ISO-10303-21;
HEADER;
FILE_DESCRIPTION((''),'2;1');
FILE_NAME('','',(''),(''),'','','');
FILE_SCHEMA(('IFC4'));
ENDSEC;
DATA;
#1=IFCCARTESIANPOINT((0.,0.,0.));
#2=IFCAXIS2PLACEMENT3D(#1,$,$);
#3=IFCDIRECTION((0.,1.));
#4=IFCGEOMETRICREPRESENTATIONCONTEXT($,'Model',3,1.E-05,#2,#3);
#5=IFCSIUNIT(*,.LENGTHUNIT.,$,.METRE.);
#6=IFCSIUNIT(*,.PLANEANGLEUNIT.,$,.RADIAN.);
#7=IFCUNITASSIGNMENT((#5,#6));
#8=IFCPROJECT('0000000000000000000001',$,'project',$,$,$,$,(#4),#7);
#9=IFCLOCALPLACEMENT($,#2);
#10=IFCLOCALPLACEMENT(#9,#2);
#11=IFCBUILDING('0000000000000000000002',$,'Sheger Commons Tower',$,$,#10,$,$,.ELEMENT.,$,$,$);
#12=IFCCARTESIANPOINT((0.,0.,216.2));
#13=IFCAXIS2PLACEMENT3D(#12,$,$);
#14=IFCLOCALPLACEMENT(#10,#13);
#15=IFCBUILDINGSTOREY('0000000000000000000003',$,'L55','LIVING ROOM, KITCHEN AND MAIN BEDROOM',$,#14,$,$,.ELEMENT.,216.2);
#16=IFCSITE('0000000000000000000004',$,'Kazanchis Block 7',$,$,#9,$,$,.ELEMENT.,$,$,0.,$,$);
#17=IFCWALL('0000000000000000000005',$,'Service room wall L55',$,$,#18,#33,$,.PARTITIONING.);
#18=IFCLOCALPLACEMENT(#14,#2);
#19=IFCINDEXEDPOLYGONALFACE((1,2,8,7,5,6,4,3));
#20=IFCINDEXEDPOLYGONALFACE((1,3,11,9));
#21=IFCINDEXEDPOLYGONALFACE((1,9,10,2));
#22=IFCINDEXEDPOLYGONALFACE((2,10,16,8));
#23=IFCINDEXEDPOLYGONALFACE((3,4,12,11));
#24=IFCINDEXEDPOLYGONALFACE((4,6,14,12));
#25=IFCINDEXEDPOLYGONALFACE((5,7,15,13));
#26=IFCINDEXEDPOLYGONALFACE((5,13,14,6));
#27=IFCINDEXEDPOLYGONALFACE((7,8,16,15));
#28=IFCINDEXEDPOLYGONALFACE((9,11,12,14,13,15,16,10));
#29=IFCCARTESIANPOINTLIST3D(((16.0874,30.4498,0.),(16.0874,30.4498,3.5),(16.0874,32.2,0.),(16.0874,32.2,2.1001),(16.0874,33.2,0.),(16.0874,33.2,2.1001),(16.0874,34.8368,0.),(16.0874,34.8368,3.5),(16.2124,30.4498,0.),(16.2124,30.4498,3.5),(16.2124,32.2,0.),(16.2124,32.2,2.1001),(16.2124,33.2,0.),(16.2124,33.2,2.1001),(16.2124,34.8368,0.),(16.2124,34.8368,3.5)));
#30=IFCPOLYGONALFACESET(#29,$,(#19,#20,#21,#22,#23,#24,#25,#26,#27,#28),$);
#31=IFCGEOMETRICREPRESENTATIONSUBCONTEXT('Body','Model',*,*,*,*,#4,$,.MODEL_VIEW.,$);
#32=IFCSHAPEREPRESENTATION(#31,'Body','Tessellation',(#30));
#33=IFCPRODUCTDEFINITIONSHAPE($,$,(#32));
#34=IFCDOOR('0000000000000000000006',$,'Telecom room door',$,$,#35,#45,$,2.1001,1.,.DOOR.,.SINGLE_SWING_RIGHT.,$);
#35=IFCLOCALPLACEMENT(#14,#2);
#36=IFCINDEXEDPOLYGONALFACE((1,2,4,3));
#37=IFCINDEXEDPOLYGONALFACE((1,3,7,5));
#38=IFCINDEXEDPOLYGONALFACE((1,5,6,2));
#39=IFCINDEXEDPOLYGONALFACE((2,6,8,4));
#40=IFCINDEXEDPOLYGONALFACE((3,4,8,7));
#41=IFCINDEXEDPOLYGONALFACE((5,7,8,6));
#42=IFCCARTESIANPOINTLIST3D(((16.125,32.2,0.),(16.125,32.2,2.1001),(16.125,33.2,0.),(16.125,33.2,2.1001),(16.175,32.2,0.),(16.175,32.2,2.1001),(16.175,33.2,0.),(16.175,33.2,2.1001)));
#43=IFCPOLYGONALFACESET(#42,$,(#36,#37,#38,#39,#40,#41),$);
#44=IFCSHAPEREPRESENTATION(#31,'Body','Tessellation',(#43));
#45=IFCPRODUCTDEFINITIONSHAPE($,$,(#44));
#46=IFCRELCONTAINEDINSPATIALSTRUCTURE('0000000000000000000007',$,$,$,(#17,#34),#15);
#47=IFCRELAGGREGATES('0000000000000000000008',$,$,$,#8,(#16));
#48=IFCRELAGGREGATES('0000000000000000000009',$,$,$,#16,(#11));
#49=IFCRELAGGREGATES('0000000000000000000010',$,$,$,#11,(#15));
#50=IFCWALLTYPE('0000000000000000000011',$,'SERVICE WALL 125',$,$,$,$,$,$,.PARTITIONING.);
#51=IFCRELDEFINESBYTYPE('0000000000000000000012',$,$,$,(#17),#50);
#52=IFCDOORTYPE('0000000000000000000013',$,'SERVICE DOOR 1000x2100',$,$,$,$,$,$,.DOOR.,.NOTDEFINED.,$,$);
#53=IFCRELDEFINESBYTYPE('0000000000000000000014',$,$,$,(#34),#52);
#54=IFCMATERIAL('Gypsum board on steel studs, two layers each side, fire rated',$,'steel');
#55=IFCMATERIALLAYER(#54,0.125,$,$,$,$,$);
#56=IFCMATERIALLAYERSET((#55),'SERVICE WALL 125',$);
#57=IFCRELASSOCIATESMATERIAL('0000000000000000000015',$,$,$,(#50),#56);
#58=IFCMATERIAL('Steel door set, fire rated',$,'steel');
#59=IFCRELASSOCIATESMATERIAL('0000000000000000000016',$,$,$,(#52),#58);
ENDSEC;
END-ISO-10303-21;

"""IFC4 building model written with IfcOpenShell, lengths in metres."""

from ifc_helpers import new_model, si_unit, direction, frame, frame_2d, origin, place, context, subcontext, project, spatial, rectangle, extrude, material, layer, layer_set, type_object, element, fill, save


model = new_model("IFC4")

# Units and contexts
model_context = context("Model", 3, precision=1e-05, world=origin(), true_north=direction((0.0, 1.0)))
body_context = subcontext(model_context, "Body", "Model", "MODEL_VIEW")
ifc_project = project(units=[si_unit("LENGTHUNIT", "METRE"), si_unit("PLANEANGLEUNIT", "RADIAN")], contexts=[model_context])

# Site, building, storey
site_placement = place(None, origin())
site = spatial("IfcSite", under=ifc_project, at=site_placement, Name="Kazanchis Block 7", CompositionType="ELEMENT", RefElevation=0.0)
building_placement = place(site_placement, origin())
building = spatial("IfcBuilding", under=site, at=building_placement, Name="Sheger Commons Tower", CompositionType="ELEMENT")
storey_placement = place(building_placement, frame((0.0, 0.0, 216.2)))
storey = spatial("IfcBuildingStorey", under=building, at=storey_placement, Name="L55", Description="LIVING ROOM, KITCHEN AND MAIN BEDROOM", CompositionType="ELEMENT", Elevation=216.2)

# Shared definitions
ifc_material_1 = material(Name="Gypsum board on steel studs, two layers each side, fire rated", Category="steel")
ifc_layer_1 = layer(ifc_material_1, 0.125)
ifc_layer_set_1 = layer_set([ifc_layer_1], Name="SERVICE WALL 125")
wall_type_1 = type_object("IfcWallType", Name="SERVICE WALL 125", PredefinedType="PARTITIONING", material=ifc_layer_set_1)
ifc_material_2 = material(Name="Steel door set, fire rated", Category="steel")
door_type_1 = type_object("IfcDoorType", Name="SERVICE DOOR 1000x2100", OperationType="NOTDEFINED", PredefinedType="DOOR", material=ifc_material_2)

# Wall, opening, door
wall_1_placement = place(storey_placement, frame((16.1499, 30.45, 0.0), z_axis=(0.0, 0.0, 1.0), x_axis=(0.0, 1.0, 0.0)))
wall_1 = element("IfcWall", 1, at=wall_1_placement, inside=storey, type_object=wall_type_1, Name="Service room wall L55", PredefinedType="PARTITIONING", context=body_context, shape_type="SweptSolid", body=[
    extrude(rectangle(XDim=4.387, YDim=0.125, at=frame_2d((2.1934, 0.0))), origin(), (0.0, 0.0, 1.0), 3.5),
])
opening_1_placement = place(wall_1_placement, frame((1.75, 0.0, 0.0)))
opening_1 = element("IfcOpeningElement", 2, at=opening_1_placement, cuts=wall_1, PredefinedType="OPENING", context=body_context, shape_type="SweptSolid", body=[
    extrude(rectangle(XDim=1.0, YDim=2.1001, at=frame_2d((0.5, 1.05))), frame((0.0, 0.0725, 0.0), z_axis=(0.0, -1.0, 0.0), x_axis=(1.0, 0.0, 0.0)), (0.0, 0.0, 1.0), 0.145),
])
door_1_placement = place(opening_1_placement, origin())
door_1 = element("IfcDoor", 3, at=door_1_placement, inside=storey, type_object=door_type_1, Name="Telecom room door", OperationType="SINGLE_SWING_RIGHT", OverallHeight=2.1001, OverallWidth=1.0, PredefinedType="DOOR", context=body_context, shape_type="SweptSolid", body=[
    extrude(rectangle(XDim=1.0, YDim=2.1001, at=frame_2d((0.5, 1.05))), frame((0.0, 0.0249, 0.0), z_axis=(0.0, -1.0, 0.0), x_axis=(1.0, 0.0, 0.0)), (0.0, 0.0, 1.0), 0.05),
])
fill(opening_1, door_1)

save(model, "model.ifc")
